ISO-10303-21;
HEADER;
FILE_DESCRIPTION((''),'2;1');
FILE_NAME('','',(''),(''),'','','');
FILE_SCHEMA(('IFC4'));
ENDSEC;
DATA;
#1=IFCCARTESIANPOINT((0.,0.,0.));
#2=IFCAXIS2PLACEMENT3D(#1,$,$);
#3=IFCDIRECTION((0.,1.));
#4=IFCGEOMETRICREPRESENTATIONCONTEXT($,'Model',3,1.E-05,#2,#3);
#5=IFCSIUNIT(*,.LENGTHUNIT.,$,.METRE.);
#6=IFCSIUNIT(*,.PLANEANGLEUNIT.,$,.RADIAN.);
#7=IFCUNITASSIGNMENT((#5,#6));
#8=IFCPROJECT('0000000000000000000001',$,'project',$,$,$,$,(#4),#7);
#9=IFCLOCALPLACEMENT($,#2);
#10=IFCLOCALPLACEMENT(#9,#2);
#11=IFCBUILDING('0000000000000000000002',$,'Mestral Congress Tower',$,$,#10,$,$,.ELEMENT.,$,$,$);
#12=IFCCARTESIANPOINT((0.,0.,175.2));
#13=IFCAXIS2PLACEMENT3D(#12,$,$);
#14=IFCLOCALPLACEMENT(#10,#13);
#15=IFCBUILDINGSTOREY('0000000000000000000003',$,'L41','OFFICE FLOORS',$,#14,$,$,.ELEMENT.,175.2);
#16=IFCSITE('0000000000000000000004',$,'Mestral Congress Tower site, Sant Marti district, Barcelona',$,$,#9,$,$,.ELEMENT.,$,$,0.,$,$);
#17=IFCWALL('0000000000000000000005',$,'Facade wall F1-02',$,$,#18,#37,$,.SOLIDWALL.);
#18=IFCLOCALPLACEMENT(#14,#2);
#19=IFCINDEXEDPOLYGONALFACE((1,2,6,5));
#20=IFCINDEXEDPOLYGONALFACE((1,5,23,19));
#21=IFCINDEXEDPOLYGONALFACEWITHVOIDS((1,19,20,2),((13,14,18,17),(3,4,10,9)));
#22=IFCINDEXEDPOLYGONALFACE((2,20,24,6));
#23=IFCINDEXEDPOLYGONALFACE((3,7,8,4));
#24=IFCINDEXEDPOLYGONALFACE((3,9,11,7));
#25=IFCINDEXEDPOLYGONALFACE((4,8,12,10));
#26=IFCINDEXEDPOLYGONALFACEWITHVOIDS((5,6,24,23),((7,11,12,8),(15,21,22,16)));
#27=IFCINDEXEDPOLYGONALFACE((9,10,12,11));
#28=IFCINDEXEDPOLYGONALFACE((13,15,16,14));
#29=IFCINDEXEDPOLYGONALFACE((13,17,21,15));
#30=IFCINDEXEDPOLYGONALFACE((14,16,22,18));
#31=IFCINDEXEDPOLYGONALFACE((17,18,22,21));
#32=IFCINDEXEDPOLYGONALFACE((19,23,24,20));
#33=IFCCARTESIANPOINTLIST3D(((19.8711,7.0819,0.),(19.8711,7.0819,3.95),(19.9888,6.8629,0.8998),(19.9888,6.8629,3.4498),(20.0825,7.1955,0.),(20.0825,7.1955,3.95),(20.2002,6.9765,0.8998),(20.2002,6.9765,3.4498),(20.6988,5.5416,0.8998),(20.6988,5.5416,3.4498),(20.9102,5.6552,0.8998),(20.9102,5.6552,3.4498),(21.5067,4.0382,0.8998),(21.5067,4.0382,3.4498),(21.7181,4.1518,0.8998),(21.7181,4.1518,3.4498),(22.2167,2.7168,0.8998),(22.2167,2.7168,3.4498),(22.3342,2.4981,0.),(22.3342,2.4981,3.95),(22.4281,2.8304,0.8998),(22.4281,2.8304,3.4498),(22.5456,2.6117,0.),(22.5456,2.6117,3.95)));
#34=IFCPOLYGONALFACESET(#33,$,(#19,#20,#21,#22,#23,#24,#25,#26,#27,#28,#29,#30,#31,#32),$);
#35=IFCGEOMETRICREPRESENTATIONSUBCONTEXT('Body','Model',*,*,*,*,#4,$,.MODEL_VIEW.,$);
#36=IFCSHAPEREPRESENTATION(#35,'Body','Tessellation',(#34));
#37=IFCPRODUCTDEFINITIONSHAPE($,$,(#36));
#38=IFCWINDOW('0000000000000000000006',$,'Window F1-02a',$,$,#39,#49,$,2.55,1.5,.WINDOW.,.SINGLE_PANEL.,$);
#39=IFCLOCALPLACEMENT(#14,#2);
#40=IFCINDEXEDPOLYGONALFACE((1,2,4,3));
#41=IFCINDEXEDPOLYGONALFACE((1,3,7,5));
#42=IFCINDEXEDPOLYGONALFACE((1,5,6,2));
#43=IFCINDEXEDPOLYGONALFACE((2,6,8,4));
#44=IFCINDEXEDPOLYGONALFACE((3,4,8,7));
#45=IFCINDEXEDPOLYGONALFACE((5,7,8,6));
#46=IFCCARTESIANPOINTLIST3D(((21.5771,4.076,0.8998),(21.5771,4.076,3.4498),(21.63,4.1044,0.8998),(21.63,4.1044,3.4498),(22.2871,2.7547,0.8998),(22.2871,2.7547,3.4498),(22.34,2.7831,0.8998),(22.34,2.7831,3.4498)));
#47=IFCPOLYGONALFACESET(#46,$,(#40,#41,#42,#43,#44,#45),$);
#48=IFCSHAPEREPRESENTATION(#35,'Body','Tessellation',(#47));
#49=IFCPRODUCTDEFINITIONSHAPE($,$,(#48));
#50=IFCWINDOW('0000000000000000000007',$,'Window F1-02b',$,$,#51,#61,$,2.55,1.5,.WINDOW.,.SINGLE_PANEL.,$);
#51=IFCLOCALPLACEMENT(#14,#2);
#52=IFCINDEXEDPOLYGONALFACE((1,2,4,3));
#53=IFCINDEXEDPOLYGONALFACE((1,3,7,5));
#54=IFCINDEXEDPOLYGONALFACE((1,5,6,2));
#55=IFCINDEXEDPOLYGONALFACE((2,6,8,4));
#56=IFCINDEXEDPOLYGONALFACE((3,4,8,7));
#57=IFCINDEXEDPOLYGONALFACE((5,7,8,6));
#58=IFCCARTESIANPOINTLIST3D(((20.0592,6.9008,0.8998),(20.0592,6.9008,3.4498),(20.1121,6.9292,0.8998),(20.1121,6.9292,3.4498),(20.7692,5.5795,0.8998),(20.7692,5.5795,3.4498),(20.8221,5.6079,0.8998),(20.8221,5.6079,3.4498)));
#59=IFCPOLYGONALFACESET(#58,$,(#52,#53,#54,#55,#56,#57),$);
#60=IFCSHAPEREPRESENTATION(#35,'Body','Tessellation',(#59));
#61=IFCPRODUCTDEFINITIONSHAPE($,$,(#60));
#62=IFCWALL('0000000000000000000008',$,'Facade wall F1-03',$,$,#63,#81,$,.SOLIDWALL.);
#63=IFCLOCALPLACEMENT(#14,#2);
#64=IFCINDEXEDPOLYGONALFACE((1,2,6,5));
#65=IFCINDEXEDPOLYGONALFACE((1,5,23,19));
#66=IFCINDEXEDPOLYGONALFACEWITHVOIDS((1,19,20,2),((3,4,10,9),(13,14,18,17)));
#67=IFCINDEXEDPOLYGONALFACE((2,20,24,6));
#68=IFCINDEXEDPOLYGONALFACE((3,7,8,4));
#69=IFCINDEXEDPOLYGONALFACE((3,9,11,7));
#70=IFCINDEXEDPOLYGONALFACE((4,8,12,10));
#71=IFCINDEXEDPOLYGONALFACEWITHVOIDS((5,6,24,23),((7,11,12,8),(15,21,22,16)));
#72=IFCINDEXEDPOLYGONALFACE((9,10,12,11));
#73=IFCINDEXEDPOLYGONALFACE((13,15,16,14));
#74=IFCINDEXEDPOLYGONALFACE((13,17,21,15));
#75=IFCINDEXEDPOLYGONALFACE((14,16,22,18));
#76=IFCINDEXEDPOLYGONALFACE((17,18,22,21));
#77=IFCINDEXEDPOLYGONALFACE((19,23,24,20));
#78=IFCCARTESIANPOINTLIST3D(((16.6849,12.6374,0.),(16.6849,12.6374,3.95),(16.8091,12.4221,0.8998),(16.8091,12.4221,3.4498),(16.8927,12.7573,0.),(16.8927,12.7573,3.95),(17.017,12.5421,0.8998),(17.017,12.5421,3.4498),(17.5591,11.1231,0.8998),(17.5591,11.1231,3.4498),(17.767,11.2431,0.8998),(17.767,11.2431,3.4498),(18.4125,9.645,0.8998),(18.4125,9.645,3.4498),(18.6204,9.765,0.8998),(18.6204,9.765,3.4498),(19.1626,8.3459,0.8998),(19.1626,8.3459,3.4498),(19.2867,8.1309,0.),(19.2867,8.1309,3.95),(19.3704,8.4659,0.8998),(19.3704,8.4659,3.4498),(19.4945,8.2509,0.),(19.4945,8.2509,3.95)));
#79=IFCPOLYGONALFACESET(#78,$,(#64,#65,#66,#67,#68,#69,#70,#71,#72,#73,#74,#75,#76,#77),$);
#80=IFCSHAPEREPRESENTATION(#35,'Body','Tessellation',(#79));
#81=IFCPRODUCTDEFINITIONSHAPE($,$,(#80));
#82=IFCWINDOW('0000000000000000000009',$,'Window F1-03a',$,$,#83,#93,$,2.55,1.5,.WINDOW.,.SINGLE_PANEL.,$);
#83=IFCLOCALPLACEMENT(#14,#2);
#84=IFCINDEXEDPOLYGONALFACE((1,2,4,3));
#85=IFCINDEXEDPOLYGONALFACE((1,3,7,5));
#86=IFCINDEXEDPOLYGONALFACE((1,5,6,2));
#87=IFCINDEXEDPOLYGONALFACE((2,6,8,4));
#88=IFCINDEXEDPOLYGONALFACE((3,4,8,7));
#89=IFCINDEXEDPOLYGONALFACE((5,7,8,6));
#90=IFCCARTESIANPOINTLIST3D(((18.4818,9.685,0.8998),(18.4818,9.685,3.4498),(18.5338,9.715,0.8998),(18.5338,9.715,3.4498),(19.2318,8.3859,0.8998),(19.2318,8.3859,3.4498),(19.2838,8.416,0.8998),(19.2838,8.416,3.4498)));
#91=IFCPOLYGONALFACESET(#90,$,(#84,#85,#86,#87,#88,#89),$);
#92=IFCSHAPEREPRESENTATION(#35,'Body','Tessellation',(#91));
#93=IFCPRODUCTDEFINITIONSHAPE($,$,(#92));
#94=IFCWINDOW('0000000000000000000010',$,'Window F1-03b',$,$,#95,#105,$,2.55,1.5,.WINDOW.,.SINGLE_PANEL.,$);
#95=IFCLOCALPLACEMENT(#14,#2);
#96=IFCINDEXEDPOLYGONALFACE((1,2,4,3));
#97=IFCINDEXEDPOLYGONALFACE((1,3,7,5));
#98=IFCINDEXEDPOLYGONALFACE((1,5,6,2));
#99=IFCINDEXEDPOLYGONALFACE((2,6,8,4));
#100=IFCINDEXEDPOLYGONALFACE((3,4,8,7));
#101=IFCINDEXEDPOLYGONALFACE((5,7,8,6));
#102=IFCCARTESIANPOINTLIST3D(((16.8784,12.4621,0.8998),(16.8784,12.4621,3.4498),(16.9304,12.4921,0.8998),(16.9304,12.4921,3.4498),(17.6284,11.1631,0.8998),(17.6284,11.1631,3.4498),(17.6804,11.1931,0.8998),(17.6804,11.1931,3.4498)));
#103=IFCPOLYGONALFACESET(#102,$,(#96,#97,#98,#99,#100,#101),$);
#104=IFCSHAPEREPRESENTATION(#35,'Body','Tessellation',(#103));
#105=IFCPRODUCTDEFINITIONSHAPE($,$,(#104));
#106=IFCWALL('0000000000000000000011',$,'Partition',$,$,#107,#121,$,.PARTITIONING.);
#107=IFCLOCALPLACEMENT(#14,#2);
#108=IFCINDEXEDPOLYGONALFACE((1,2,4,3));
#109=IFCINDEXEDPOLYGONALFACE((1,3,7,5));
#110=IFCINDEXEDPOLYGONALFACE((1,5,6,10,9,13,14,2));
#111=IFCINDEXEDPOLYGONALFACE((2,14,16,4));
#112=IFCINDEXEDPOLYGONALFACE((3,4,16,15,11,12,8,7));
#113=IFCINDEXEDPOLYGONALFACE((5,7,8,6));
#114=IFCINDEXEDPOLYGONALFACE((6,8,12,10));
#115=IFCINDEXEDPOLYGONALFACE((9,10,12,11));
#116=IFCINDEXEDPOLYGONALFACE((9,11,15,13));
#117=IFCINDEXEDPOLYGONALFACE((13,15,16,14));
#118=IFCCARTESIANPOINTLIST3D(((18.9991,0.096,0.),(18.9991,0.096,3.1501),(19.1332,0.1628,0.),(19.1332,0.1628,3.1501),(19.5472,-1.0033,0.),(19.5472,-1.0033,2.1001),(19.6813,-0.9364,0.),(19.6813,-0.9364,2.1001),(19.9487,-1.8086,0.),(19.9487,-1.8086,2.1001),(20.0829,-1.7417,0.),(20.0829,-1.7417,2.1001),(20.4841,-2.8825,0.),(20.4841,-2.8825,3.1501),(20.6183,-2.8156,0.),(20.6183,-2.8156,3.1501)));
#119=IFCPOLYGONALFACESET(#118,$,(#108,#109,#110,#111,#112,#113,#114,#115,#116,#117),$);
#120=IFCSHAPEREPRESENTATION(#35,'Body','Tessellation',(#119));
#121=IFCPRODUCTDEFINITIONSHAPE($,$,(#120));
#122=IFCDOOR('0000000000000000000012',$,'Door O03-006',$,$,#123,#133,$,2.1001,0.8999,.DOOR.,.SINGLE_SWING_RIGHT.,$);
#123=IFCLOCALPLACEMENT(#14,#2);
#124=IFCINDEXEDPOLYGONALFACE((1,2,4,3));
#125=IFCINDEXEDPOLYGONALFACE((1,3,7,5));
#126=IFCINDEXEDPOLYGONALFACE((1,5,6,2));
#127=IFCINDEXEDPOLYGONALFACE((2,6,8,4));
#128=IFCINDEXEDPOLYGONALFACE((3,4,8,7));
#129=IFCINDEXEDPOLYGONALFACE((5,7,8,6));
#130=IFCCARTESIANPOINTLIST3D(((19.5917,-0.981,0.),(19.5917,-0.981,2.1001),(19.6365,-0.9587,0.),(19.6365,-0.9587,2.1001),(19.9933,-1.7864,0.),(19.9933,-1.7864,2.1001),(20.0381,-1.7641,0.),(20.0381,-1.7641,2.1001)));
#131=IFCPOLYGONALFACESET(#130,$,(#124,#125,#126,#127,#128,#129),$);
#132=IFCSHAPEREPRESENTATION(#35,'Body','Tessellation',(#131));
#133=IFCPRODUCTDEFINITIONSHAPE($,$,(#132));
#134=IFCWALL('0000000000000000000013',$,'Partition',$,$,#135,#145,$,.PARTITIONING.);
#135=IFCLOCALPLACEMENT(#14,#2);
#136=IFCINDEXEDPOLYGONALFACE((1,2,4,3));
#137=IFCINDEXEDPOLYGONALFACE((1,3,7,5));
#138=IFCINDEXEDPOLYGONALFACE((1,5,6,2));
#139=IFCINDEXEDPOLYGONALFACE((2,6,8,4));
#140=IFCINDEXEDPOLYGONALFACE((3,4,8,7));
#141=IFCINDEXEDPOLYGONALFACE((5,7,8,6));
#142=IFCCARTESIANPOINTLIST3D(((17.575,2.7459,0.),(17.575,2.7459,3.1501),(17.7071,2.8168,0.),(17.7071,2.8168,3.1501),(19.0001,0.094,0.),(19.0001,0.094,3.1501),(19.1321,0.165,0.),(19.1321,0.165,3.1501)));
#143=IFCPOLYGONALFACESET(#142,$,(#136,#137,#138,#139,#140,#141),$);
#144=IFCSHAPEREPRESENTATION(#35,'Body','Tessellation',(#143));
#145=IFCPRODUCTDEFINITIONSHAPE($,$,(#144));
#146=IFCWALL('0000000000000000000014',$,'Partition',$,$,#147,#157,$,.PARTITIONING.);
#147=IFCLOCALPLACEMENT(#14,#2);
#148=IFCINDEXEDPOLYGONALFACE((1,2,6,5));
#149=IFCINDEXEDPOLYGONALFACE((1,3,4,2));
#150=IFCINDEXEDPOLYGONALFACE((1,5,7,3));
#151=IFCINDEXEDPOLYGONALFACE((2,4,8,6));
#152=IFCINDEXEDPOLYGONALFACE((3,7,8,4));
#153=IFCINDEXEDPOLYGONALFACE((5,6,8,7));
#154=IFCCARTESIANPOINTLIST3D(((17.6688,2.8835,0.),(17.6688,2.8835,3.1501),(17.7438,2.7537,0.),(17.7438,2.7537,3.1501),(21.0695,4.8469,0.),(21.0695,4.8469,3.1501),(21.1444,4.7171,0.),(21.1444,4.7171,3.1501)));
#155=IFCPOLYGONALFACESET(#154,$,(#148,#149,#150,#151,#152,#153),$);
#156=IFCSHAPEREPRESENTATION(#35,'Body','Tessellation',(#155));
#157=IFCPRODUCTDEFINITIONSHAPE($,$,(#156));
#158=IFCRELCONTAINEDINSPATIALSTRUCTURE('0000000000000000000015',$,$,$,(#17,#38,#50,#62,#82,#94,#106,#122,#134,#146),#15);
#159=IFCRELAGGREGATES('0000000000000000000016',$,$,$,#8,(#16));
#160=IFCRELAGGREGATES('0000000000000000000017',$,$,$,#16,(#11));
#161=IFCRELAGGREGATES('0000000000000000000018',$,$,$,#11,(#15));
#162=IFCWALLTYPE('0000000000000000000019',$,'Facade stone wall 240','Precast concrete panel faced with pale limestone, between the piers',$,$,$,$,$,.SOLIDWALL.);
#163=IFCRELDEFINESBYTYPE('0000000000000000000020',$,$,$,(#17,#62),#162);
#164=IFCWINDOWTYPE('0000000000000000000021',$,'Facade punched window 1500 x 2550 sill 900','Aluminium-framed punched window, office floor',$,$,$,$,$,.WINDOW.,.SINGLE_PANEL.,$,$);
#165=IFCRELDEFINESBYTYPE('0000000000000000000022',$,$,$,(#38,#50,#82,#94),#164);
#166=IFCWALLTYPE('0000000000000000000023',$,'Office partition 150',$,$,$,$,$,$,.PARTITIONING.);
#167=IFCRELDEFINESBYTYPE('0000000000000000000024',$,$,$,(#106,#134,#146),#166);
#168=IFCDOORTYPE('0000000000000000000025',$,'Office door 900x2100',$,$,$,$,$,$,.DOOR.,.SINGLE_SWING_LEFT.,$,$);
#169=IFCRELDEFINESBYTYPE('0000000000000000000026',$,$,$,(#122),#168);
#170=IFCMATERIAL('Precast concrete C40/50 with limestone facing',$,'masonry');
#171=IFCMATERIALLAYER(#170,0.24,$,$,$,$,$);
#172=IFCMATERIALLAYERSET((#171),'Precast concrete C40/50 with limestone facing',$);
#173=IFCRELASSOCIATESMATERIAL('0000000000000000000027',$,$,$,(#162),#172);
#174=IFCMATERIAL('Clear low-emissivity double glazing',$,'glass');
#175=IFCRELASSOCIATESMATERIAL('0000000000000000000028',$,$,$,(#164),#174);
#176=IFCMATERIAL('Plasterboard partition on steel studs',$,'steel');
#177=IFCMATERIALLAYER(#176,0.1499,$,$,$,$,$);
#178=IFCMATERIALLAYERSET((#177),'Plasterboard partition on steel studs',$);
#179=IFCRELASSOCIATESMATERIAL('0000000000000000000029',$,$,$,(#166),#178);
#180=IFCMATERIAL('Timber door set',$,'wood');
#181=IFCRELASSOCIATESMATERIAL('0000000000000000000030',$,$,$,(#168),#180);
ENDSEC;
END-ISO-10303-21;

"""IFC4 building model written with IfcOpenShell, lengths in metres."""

from ifc_helpers import new_model, si_unit, direction, frame, frame_2d, origin, place, context, subcontext, project, spatial, rectangle, extrude, material, layer, layer_set, type_object, element, fill, save


model = new_model("IFC4")

# Units and contexts
model_context = context("Model", 3, precision=1e-05, world=origin(), true_north=direction((0.0, 1.0)))
body_context = subcontext(model_context, "Body", "Model", "MODEL_VIEW")
ifc_project = project(units=[si_unit("LENGTHUNIT", "METRE"), si_unit("PLANEANGLEUNIT", "RADIAN")], contexts=[model_context])

# Site, building, storey
site_placement = place(None, origin())
site = spatial("IfcSite", under=ifc_project, at=site_placement, Name="Mestral Congress Tower site, Sant Marti district, Barcelona", CompositionType="ELEMENT", RefElevation=0.0)
building_placement = place(site_placement, origin())
building = spatial("IfcBuilding", under=site, at=building_placement, Name="Mestral Congress Tower", CompositionType="ELEMENT")
storey_placement = place(building_placement, frame((0.0, 0.0, 175.2)))
storey = spatial("IfcBuildingStorey", under=building, at=storey_placement, Name="L41", Description="OFFICE FLOORS", CompositionType="ELEMENT", Elevation=175.2)

# Walls, openings, windows
ifc_material_1 = material(Name="Precast concrete C40/50 with limestone facing", Category="masonry")
ifc_layer_1 = layer(ifc_material_1, 0.24)
ifc_layer_set_1 = layer_set([ifc_layer_1], Name="Precast concrete C40/50 with limestone facing")
wall_type_1 = type_object("IfcWallType", Name="Facade stone wall 240", Description="Precast concrete panel faced with pale limestone, between the piers", PredefinedType="SOLIDWALL", material=ifc_layer_set_1)
wall_1_placement = place(storey_placement, frame((22.4399, 2.5549, 0.0), z_axis=(0.0, 0.0, 1.0), x_axis=(-0.47335, 0.880875, 0.0)))
wall_1 = element("IfcWall", 1, at=wall_1_placement, inside=storey, type_object=wall_type_1, Name="Facade wall F1-02", PredefinedType="SOLIDWALL", context=body_context, shape_type="SweptSolid", body=[
    extrude(rectangle(XDim=5.2036, YDim=0.24, at=frame_2d((2.6018, 0.0))), origin(), (0.0, 0.0, 1.0), 3.95),
])
opening_1_placement = place(wall_1_placement, frame((0.2483, 0.0, 0.8999)))
opening_1 = element("IfcOpeningElement", 2, at=opening_1_placement, cuts=wall_1, PredefinedType="OPENING", context=body_context, shape_type="SweptSolid", body=[
    extrude(rectangle(XDim=1.5, YDim=2.55, at=frame_2d((0.75, 1.2749))), frame((0.0, 0.1299, 0.0), z_axis=(0.0, -1.0, 0.0), x_axis=(1.0, 0.0, 0.0)), (0.0, 0.0, 1.0), 0.26),
])
opening_2_placement = place(wall_1_placement, frame((3.4551, 0.0, 0.8999)))
opening_2 = element("IfcOpeningElement", 3, at=opening_2_placement, cuts=wall_1, PredefinedType="OPENING", context=body_context, shape_type="SweptSolid", body=[
    extrude(rectangle(XDim=1.5, YDim=2.55, at=frame_2d((0.75, 1.2749))), frame((0.0, 0.1299, 0.0), z_axis=(0.0, -1.0, 0.0), x_axis=(1.0, 0.0, 0.0)), (0.0, 0.0, 1.0), 0.26),
])
ifc_material_2 = material(Name="Clear low-emissivity double glazing", Category="glass")
window_type = type_object("IfcWindowType", Name="Facade punched window 1500 x 2550 sill 900", Description="Aluminium-framed punched window, office floor", PartitioningType="SINGLE_PANEL", PredefinedType="WINDOW", material=ifc_material_2)
window_1_placement = place(opening_1_placement, origin())
window_1 = element("IfcWindow", 4, at=window_1_placement, inside=storey, type_object=window_type, Name="Window F1-02a", OverallHeight=2.55, OverallWidth=1.5, PartitioningType="SINGLE_PANEL", PredefinedType="WINDOW", context=body_context, shape_type="SweptSolid", body=[
    extrude(rectangle(XDim=1.5, YDim=2.55, at=frame_2d((0.75, 1.2749))), frame((0.0, 0.04, 0.0), z_axis=(0.0, -1.0, 0.0), x_axis=(1.0, 0.0, 0.0)), (0.0, 0.0, 1.0), 0.0601),
])
fill(opening_1, window_1)
window_2_placement = place(opening_2_placement, origin())
window_2 = element("IfcWindow", 5, at=window_2_placement, inside=storey, type_object=window_type, Name="Window F1-02b", OverallHeight=2.55, OverallWidth=1.5, PartitioningType="SINGLE_PANEL", PredefinedType="WINDOW", context=body_context, shape_type="SweptSolid", body=[
    extrude(rectangle(XDim=1.5, YDim=2.55, at=frame_2d((0.75, 1.2749))), frame((0.0, 0.04, 0.0), z_axis=(0.0, -1.0, 0.0), x_axis=(1.0, 0.0, 0.0)), (0.0, 0.0, 1.0), 0.0601),
])
fill(opening_2, window_2)
wall_2_placement = place(storey_placement, frame((19.3906, 8.1909, 0.0), z_axis=(0.0, 0.0, 1.0), x_axis=(-0.500009, 0.86602, 0.0)))
wall_2 = element("IfcWall", 6, at=wall_2_placement, inside=storey, type_object=wall_type_1, Name="Facade wall F1-03", PredefinedType="SOLIDWALL", context=body_context, shape_type="SweptSolid", body=[
    extrude(rectangle(XDim=5.2036, YDim=0.24, at=frame_2d((2.6018, 0.0))), origin(), (0.0, 0.0, 1.0), 3.95),
])
opening_3_placement = place(wall_2_placement, frame((0.2483, 0.0, 0.8999)))
opening_3 = element("IfcOpeningElement", 7, at=opening_3_placement, cuts=wall_2, PredefinedType="OPENING", context=body_context, shape_type="SweptSolid", body=[
    extrude(rectangle(XDim=1.5, YDim=2.55, at=frame_2d((0.75, 1.2749))), frame((0.0, 0.1299, 0.0), z_axis=(0.0, -1.0, 0.0), x_axis=(1.0, 0.0, 0.0)), (0.0, 0.0, 1.0), 0.26),
])
opening_4_placement = place(wall_2_placement, frame((3.4551, 0.0, 0.8999)))
opening_4 = element("IfcOpeningElement", 8, at=opening_4_placement, cuts=wall_2, PredefinedType="OPENING", context=body_context, shape_type="SweptSolid", body=[
    extrude(rectangle(XDim=1.5, YDim=2.55, at=frame_2d((0.75, 1.2749))), frame((0.0, 0.1299, 0.0), z_axis=(0.0, -1.0, 0.0), x_axis=(1.0, 0.0, 0.0)), (0.0, 0.0, 1.0), 0.26),
])
window_3_placement = place(opening_3_placement, origin())
window_3 = element("IfcWindow", 9, at=window_3_placement, inside=storey, type_object=window_type, Name="Window F1-03a", OverallHeight=2.55, OverallWidth=1.5, PartitioningType="SINGLE_PANEL", PredefinedType="WINDOW", context=body_context, shape_type="SweptSolid", body=[
    extrude(rectangle(XDim=1.5, YDim=2.55, at=frame_2d((0.75, 1.2749))), frame((0.0, 0.04, 0.0), z_axis=(0.0, -1.0, 0.0), x_axis=(1.0, 0.0, 0.0)), (0.0, 0.0, 1.0), 0.0601),
])
fill(opening_3, window_3)
window_4_placement = place(opening_4_placement, origin())
window_4 = element("IfcWindow", 10, at=window_4_placement, inside=storey, type_object=window_type, Name="Window F1-03b", OverallHeight=2.55, OverallWidth=1.5, PartitioningType="SINGLE_PANEL", PredefinedType="WINDOW", context=body_context, shape_type="SweptSolid", body=[
    extrude(rectangle(XDim=1.5, YDim=2.55, at=frame_2d((0.75, 1.2749))), frame((0.0, 0.04, 0.0), z_axis=(0.0, -1.0, 0.0), x_axis=(1.0, 0.0, 0.0)), (0.0, 0.0, 1.0), 0.0601),
])
fill(opening_4, window_4)

# Wall, opening, door
ifc_material_3 = material(Name="Plasterboard partition on steel studs", Category="steel")
ifc_layer_2 = layer(ifc_material_3, 0.1499)
ifc_layer_set_2 = layer_set([ifc_layer_2], Name="Plasterboard partition on steel studs")
wall_type_2 = type_object("IfcWallType", Name="Office partition 150", PredefinedType="PARTITIONING", material=ifc_layer_set_2)
wall_3_placement = place(storey_placement, frame((19.0662, 0.1294, 0.0), z_axis=(0.0, 0.0, 1.0), x_axis=(0.446216, -0.894925, 0.0)))
wall_3 = element("IfcWall", 11, at=wall_3_placement, inside=storey, type_object=wall_type_2, Name="Partition", PredefinedType="PARTITIONING", context=body_context, shape_type="SweptSolid", body=[
    extrude(rectangle(XDim=3.3281, YDim=0.1499, at=frame_2d((1.6641, 0.0))), origin(), (0.0, 0.0, 1.0), 3.1501),
])
opening_5_placement = place(wall_3_placement, frame((1.2283, 0.0, 0.0)))
opening_5 = element("IfcOpeningElement", 12, at=opening_5_placement, cuts=wall_3, PredefinedType="OPENING", context=body_context, shape_type="SweptSolid", body=[
    extrude(rectangle(XDim=0.8999, YDim=2.1001, at=frame_2d((0.45, 1.05))), frame((0.0, 0.085, 0.0), z_axis=(0.0, -1.0, 0.0), x_axis=(1.0, 0.0, 0.0)), (0.0, 0.0, 1.0), 0.1699),
])
ifc_material_4 = material(Name="Timber door set", Category="wood")
door_type_1 = type_object("IfcDoorType", Name="Office door 900x2100", OperationType="SINGLE_SWING_LEFT", PredefinedType="DOOR", material=ifc_material_4)
door_1_placement = place(opening_5_placement, origin())
door_1 = element("IfcDoor", 13, at=door_1_placement, inside=storey, type_object=door_type_1, Name="Door O03-006", OperationType="SINGLE_SWING_RIGHT", OverallHeight=2.1001, OverallWidth=0.8999, PredefinedType="DOOR", context=body_context, shape_type="SweptSolid", body=[
    extrude(rectangle(XDim=0.8999, YDim=2.1001, at=frame_2d((0.45, 1.05))), frame((0.0, 0.0249, 0.0), z_axis=(0.0, -1.0, 0.0), x_axis=(1.0, 0.0, 0.0)), (0.0, 0.0, 1.0), 0.05),
])
fill(opening_5, door_1)

# Walls
wall_4_placement = place(storey_placement, frame((19.0662, 0.1294, 0.0), z_axis=(0.0, 0.0, 1.0), x_axis=(-0.47336, 0.880869, 0.0)))
element("IfcWall", 14, at=wall_4_placement, inside=storey, type_object=wall_type_2, Name="Partition", PredefinedType="PARTITIONING", context=body_context, shape_type="SweptSolid", body=[
    extrude(rectangle(XDim=3.0105, YDim=0.1499, at=frame_2d((1.5054, 0.0))), origin(), (0.0, 0.0, 1.0), 3.1501),
])
wall_5_placement = place(storey_placement, frame((17.7063, 2.8186, 0.0), z_axis=(0.0, 0.0, 1.0), x_axis=(0.866023, 0.500004, 0.0)))
element("IfcWall", 15, at=wall_5_placement, inside=storey, type_object=wall_type_2, Name="Partition", PredefinedType="PARTITIONING", context=body_context, shape_type="SweptSolid", body=[
    extrude(rectangle(XDim=3.9268, YDim=0.1499, at=frame_2d((1.9634, 0.0))), origin(), (0.0, 0.0, 1.0), 3.1501),
])

save(model, "model.ifc")
